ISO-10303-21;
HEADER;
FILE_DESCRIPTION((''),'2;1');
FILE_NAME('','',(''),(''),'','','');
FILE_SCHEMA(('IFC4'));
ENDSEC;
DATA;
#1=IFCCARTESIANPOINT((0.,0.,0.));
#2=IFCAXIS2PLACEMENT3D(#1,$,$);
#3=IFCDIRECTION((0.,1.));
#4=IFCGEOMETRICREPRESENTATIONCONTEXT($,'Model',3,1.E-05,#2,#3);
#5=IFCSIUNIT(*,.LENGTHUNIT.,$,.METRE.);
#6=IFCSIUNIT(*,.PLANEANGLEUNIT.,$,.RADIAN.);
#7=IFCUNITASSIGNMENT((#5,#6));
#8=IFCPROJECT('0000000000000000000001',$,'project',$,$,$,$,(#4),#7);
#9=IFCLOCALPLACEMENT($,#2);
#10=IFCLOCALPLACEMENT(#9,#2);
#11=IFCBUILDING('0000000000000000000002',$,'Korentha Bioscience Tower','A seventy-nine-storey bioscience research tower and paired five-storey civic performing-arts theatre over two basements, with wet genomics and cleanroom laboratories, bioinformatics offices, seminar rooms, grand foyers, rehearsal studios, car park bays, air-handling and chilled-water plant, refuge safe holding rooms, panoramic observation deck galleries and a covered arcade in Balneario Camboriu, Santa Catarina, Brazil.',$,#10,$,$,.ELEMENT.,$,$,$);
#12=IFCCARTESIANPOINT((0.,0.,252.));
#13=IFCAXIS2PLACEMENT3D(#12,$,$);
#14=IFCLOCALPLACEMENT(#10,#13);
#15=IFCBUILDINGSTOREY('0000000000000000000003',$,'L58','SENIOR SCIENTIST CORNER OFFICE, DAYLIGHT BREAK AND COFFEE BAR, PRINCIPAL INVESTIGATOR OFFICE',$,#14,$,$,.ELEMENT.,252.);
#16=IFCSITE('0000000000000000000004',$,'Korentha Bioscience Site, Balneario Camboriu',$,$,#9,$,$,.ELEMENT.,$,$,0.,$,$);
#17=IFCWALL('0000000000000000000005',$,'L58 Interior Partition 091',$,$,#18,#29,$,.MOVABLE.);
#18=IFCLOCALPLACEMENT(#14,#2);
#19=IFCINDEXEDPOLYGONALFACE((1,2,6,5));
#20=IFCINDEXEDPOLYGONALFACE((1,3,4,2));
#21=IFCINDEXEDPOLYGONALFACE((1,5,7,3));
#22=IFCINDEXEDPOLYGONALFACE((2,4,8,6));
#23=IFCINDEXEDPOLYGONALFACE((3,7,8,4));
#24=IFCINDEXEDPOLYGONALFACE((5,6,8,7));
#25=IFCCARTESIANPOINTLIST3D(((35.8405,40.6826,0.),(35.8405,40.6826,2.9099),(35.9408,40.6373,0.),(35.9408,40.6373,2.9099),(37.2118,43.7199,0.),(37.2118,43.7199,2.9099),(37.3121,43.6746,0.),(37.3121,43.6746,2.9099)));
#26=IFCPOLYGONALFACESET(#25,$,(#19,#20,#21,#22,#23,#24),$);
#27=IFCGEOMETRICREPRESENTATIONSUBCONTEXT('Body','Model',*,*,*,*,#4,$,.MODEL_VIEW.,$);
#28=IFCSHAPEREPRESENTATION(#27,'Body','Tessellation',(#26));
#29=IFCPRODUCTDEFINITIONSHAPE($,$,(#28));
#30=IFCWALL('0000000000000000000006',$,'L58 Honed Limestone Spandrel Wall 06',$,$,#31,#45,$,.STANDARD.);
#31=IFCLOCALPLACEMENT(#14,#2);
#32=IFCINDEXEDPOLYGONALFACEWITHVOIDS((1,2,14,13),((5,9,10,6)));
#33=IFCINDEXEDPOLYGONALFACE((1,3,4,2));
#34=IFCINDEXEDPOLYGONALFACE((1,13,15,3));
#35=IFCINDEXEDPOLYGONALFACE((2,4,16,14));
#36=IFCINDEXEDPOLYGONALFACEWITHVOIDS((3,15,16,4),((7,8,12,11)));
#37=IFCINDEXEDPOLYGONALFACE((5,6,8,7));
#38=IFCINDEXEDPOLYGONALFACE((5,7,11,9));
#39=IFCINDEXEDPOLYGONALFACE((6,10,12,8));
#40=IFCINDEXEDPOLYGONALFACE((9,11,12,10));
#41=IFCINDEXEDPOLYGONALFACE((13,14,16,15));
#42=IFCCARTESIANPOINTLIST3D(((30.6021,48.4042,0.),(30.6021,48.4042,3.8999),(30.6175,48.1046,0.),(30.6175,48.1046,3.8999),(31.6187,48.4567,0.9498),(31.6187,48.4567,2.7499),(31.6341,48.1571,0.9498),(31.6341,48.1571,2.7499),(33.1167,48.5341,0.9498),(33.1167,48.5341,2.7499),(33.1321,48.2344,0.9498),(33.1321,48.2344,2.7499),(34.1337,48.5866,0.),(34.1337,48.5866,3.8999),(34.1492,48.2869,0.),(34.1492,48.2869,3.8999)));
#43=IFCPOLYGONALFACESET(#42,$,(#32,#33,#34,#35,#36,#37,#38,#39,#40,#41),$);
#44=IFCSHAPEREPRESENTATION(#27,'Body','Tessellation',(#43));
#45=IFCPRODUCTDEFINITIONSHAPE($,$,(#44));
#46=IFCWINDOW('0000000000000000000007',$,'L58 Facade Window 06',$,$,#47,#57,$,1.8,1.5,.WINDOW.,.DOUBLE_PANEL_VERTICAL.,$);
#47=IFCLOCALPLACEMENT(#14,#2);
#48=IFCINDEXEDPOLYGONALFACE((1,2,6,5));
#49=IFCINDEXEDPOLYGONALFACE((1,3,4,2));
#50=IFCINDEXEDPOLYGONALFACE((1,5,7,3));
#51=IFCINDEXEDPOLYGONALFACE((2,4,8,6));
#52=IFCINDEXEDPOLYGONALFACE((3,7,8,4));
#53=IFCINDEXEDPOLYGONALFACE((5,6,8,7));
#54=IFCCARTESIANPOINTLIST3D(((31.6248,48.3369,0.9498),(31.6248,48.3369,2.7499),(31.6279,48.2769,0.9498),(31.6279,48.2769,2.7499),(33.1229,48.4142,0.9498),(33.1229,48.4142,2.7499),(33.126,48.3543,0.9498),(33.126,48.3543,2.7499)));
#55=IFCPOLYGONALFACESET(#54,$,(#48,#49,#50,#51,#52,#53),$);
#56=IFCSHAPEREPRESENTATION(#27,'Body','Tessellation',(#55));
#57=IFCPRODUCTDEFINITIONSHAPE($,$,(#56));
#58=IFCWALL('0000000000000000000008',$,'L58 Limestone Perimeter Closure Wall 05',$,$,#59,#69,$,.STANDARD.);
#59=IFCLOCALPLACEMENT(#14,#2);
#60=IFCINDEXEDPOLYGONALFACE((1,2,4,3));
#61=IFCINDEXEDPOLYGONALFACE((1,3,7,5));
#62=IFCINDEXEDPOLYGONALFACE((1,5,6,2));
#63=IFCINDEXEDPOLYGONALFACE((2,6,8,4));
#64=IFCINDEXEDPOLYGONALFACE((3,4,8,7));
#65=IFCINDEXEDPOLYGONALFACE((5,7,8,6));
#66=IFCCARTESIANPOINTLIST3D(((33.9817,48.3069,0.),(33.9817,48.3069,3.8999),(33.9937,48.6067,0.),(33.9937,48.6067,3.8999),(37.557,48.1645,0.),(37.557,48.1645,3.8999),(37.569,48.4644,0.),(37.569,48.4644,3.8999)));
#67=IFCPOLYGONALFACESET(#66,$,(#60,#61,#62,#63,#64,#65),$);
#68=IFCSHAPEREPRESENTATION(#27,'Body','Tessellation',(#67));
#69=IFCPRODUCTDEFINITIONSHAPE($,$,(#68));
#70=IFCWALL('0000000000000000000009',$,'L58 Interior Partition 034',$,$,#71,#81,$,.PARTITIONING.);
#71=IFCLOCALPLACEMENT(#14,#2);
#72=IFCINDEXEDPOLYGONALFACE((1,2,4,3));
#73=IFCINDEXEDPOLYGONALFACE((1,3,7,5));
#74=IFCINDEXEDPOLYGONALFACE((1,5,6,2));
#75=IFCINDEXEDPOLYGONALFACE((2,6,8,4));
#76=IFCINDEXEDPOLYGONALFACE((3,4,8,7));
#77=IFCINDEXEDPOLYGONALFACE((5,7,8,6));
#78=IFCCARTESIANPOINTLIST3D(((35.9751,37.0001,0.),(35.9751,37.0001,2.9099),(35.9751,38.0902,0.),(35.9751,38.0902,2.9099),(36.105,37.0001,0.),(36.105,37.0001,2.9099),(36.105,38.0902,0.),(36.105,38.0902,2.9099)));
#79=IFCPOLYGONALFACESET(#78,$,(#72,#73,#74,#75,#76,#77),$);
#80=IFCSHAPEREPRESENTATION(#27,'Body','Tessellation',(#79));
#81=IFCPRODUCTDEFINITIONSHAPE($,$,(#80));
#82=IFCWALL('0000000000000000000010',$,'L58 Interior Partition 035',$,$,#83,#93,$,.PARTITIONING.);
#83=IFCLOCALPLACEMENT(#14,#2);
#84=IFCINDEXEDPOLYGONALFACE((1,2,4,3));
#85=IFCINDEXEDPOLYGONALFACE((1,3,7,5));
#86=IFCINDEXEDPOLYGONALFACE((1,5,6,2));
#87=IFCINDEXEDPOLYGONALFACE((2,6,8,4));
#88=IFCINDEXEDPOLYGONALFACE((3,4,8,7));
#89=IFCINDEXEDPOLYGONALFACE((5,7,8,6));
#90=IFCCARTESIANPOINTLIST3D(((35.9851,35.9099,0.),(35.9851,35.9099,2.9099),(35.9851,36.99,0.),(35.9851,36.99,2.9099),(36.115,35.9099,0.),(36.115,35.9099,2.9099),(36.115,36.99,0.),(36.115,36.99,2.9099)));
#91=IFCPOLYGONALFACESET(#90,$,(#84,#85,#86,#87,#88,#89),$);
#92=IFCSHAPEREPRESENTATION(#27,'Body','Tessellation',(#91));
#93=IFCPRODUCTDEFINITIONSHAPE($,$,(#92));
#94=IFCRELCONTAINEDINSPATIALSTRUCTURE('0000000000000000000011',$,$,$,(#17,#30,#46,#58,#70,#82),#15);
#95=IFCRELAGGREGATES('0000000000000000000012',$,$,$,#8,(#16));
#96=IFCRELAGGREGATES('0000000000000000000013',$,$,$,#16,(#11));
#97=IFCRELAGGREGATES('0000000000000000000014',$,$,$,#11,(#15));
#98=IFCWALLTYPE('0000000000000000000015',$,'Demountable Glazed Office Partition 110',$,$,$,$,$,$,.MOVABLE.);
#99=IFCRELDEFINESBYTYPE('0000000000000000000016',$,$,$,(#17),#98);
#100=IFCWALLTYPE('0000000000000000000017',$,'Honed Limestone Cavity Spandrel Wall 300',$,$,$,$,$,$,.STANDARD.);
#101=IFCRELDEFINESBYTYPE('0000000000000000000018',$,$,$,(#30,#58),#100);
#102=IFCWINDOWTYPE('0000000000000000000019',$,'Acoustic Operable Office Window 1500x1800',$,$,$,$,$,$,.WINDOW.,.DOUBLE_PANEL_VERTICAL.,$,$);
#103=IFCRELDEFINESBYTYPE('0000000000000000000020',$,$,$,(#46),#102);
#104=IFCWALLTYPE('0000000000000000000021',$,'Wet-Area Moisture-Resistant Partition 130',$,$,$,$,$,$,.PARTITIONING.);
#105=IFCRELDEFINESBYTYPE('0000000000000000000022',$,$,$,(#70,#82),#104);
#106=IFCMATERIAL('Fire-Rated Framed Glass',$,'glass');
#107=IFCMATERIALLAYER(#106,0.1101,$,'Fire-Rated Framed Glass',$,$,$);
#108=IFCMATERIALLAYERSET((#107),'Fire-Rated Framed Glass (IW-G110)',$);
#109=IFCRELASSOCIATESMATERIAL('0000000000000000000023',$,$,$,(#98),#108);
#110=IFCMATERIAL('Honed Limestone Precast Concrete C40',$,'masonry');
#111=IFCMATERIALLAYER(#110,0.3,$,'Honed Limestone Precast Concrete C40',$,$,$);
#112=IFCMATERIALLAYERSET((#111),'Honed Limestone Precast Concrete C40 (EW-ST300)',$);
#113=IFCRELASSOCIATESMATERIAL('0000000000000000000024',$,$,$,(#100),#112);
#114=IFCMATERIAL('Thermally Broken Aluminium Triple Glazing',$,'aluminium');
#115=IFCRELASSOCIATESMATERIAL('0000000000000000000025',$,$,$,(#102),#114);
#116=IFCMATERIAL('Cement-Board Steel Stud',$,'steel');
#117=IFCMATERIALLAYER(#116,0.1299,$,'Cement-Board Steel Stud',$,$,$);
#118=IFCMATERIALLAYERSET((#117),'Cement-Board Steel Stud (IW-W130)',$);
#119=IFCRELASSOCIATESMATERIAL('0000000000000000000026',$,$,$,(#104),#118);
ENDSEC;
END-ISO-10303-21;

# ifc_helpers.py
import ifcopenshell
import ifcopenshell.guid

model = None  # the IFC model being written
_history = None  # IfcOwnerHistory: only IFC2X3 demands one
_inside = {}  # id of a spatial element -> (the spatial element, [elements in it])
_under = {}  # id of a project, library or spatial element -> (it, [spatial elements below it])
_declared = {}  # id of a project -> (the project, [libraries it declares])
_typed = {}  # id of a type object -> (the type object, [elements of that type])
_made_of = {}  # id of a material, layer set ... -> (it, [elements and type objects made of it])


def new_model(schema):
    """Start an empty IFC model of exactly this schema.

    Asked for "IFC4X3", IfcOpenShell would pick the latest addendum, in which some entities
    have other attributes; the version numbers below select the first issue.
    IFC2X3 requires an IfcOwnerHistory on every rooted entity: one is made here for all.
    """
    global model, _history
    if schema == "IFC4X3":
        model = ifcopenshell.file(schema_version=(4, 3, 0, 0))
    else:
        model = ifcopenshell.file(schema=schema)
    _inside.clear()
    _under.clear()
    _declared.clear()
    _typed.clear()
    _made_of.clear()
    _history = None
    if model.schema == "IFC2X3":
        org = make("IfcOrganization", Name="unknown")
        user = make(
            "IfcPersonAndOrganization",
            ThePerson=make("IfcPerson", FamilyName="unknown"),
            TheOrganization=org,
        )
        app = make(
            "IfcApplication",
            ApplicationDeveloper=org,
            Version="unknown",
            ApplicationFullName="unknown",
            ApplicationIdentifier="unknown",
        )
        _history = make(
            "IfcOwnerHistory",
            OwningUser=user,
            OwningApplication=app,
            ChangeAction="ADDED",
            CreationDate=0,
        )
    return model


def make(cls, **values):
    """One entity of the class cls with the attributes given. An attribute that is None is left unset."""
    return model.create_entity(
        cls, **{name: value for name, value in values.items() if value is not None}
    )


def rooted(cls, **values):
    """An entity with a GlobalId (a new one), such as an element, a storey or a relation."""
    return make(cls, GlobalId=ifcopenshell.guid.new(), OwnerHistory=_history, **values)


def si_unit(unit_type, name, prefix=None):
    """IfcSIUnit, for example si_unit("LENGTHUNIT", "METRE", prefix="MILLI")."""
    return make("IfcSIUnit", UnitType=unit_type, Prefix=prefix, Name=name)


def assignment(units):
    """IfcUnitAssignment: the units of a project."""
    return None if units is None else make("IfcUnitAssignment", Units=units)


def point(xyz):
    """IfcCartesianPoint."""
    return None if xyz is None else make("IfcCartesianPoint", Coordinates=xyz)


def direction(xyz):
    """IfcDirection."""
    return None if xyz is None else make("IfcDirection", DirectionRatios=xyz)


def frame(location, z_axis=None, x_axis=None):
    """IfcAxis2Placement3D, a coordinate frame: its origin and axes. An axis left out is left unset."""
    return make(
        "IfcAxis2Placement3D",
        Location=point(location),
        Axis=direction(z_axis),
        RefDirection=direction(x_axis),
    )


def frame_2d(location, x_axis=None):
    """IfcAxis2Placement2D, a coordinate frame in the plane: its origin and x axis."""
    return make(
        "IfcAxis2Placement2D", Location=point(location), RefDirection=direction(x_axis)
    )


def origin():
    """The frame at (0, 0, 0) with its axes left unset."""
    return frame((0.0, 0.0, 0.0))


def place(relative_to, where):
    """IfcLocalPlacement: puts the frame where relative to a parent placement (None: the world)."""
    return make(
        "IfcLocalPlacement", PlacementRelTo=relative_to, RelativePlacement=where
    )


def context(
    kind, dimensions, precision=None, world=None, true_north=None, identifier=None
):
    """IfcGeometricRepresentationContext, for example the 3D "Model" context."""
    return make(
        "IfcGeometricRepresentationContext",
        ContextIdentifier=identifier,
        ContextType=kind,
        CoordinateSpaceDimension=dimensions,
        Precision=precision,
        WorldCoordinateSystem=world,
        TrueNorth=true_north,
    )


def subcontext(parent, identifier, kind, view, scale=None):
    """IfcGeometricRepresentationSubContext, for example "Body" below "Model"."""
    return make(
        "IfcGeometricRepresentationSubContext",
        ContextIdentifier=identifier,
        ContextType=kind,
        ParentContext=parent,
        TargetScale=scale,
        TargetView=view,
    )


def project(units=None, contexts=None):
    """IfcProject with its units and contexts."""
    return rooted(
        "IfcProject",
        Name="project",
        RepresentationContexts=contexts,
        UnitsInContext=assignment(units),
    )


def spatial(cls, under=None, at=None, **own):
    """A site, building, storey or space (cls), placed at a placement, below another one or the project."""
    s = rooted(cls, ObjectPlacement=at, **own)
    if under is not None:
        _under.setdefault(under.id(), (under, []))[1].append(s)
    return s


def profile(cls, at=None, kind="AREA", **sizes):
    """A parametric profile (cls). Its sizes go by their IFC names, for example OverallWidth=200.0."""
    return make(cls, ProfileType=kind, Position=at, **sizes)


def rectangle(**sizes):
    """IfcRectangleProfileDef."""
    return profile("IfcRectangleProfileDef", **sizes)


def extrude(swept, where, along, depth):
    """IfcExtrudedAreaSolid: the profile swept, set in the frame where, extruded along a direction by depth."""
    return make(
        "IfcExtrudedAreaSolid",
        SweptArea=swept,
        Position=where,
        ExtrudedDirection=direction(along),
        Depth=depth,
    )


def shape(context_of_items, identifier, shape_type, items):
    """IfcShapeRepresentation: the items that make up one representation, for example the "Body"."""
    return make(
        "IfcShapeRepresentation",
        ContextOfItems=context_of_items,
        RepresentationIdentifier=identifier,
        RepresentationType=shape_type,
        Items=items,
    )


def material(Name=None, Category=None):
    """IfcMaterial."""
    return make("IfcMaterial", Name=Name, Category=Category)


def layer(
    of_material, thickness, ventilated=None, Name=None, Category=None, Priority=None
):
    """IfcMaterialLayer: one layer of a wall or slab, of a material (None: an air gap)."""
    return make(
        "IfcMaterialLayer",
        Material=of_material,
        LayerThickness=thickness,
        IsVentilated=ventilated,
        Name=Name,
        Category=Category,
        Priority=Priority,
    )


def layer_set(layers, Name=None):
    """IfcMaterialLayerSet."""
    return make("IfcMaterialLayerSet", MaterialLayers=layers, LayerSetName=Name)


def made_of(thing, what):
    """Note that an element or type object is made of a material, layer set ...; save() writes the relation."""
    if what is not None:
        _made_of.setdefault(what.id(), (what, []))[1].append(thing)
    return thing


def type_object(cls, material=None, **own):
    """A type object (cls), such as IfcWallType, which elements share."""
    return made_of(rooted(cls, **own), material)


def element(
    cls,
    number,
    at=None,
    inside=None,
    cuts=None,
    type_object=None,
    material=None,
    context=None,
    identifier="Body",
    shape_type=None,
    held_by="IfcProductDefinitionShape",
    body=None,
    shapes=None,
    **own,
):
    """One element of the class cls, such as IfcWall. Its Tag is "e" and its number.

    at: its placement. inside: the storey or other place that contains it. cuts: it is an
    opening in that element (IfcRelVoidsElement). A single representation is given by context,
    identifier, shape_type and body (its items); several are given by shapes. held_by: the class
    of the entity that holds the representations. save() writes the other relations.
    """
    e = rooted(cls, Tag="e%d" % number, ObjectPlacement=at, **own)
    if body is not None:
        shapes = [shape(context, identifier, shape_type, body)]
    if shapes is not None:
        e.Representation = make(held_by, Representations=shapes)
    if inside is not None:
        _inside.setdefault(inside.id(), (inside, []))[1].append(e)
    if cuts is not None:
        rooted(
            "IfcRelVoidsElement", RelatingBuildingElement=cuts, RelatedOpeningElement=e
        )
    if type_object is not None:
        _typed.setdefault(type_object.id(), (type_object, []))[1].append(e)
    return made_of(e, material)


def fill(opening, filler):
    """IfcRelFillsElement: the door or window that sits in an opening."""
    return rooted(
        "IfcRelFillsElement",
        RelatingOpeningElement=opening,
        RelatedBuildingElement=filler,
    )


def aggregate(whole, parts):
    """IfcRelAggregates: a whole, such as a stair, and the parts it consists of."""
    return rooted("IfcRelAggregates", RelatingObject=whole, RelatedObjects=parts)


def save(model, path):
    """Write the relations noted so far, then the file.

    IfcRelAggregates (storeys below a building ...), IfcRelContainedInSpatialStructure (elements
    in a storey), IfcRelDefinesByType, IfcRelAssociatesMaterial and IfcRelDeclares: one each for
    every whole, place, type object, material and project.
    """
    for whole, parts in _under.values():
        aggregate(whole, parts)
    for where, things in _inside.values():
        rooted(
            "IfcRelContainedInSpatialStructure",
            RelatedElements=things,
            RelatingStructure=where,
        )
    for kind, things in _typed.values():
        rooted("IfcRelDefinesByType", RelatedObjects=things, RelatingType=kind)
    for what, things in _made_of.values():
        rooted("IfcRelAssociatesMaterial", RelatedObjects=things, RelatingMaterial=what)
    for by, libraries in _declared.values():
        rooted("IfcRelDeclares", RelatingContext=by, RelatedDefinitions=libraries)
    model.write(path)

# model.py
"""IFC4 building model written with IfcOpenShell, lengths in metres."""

from ifc_helpers import new_model, si_unit, direction, frame, frame_2d, origin, place, context, subcontext, project, spatial, rectangle, extrude, material, layer, layer_set, type_object, element, fill, save


model = new_model("IFC4")

# Units and contexts
model_context = context("Model", 3, precision=1e-05, world=origin(), true_north=direction((0.0, 1.0)))
body_context = subcontext(model_context, "Body", "Model", "MODEL_VIEW")
ifc_project = project(units=[si_unit("LENGTHUNIT", "METRE"), si_unit("PLANEANGLEUNIT", "RADIAN")], contexts=[model_context])

# Site, building, storey
site_placement = place(None, origin())
site = spatial("IfcSite", under=ifc_project, at=site_placement, Name="Korentha Bioscience Site, Balneario Camboriu", CompositionType="ELEMENT", RefElevation=0.0)
building_placement = place(site_placement, origin())
building = spatial("IfcBuilding", under=site, at=building_placement, Name="Korentha Bioscience Tower", Description="A seventy-nine-storey bioscience research tower and paired five-storey civic performing-arts theatre over two basements, with wet genomics and cleanroom laboratories, bioinformatics offices, seminar rooms, grand foyers, rehearsal studios, car park bays, air-handling and chilled-water plant, refuge safe holding rooms, panoramic observation deck galleries and a covered arcade in Balneario Camboriu, Santa Catarina, Brazil.", CompositionType="ELEMENT")
storey_placement = place(building_placement, frame((0.0, 0.0, 252.0)))
storey = spatial("IfcBuildingStorey", under=building, at=storey_placement, Name="L58", Description="SENIOR SCIENTIST CORNER OFFICE, DAYLIGHT BREAK AND COFFEE BAR, PRINCIPAL INVESTIGATOR OFFICE", CompositionType="ELEMENT", Elevation=252.0)

# Shared definitions
ifc_material_1 = material(Name="Fire-Rated Framed Glass", Category="glass")
ifc_layer_1 = layer(ifc_material_1, 0.1101, Name="Fire-Rated Framed Glass")
ifc_layer_set_1 = layer_set([ifc_layer_1], Name="Fire-Rated Framed Glass (IW-G110)")
wall_type_1 = type_object("IfcWallType", Name="Demountable Glazed Office Partition 110", PredefinedType="MOVABLE", material=ifc_layer_set_1)

# Wall
wall_1_placement = place(storey_placement, frame((37.262, 43.6973, 0.0), z_axis=(0.0, 0.0, 1.0), x_axis=(-0.411494, -0.911412, 0.0)))
element("IfcWall", 1, at=wall_1_placement, inside=storey, type_object=wall_type_1, Name="L58 Interior Partition 091", PredefinedType="MOVABLE", context=body_context, shape_type="SweptSolid", body=[
    extrude(rectangle(XDim=3.3325, YDim=0.1101, at=frame_2d((1.6663, 0.0))), origin(), (0.0, 0.0, 1.0), 2.9099),
])

# Shared definitions
ifc_material_2 = material(Name="Honed Limestone Precast Concrete C40", Category="masonry")
ifc_layer_2 = layer(ifc_material_2, 0.3, Name="Honed Limestone Precast Concrete C40")
ifc_layer_set_2 = layer_set([ifc_layer_2], Name="Honed Limestone Precast Concrete C40 (EW-ST300)")
wall_type_2 = type_object("IfcWallType", Name="Honed Limestone Cavity Spandrel Wall 300", PredefinedType="STANDARD", material=ifc_layer_set_2)

# Wall, opening, window
wall_2_placement = place(storey_placement, frame((34.1414, 48.4368, 0.0), z_axis=(0.0, 0.0, 1.0), x_axis=(-0.998669, -0.05157, 0.0)))
wall_2 = element("IfcWall", 2, at=wall_2_placement, inside=storey, type_object=wall_type_2, Name="L58 Honed Limestone Spandrel Wall 06", PredefinedType="STANDARD", context=body_context, shape_type="SweptSolid", body=[
    extrude(rectangle(XDim=3.5364, YDim=0.3, at=frame_2d((1.7681, 0.0))), origin(), (0.0, 0.0, 1.0), 3.8999),
])
opening_1_placement = place(wall_2_placement, frame((1.0183, 0.0, 0.95)))
opening_1 = element("IfcOpeningElement", 3, at=opening_1_placement, cuts=wall_2, PredefinedType="OPENING", context=body_context, shape_type="SweptSolid", body=[
    extrude(rectangle(XDim=1.5, YDim=1.8, at=frame_2d((0.75, 0.8999))), frame((0.0, 0.165, 0.0), z_axis=(0.0, -1.0, 0.0), x_axis=(1.0, 0.0, 0.0)), (0.0, 0.0, 1.0), 0.3298),
])
ifc_material_3 = material(Name="Thermally Broken Aluminium Triple Glazing", Category="aluminium")
window_type = type_object("IfcWindowType", Name="Acoustic Operable Office Window 1500x1800", PartitioningType="DOUBLE_PANEL_VERTICAL", PredefinedType="WINDOW", material=ifc_material_3)
window_placement = place(opening_1_placement, origin())
window = element("IfcWindow", 4, at=window_placement, inside=storey, type_object=window_type, Name="L58 Facade Window 06", OverallHeight=1.8, OverallWidth=1.5, PartitioningType="DOUBLE_PANEL_VERTICAL", PredefinedType="WINDOW", context=body_context, shape_type="SweptSolid", body=[
    extrude(rectangle(XDim=1.5, YDim=1.8, at=frame_2d((0.75, 0.8999))), frame((0.0, 0.03, 0.0), z_axis=(0.0, -1.0, 0.0), x_axis=(1.0, 0.0, 0.0)), (0.0, 0.0, 1.0), 0.0601),
])
fill(opening_1, window)

# Wall
wall_3_placement = place(storey_placement, frame((37.563, 48.3145, 0.0), z_axis=(0.0, 0.0, 1.0), x_axis=(-0.999208, 0.03978, 0.0)))
element("IfcWall", 5, at=wall_3_placement, inside=storey, type_object=wall_type_2, Name="L58 Limestone Perimeter Closure Wall 05", PredefinedType="STANDARD", context=body_context, shape_type="SweptSolid", body=[
    extrude(rectangle(XDim=3.5781, YDim=0.3, at=frame_2d((1.7891, 0.0))), origin(), (0.0, 0.0, 1.0), 3.8999),
])

# Shared definitions
ifc_material_4 = material(Name="Cement-Board Steel Stud", Category="steel")
ifc_layer_3 = layer(ifc_material_4, 0.1299, Name="Cement-Board Steel Stud")
ifc_layer_set_3 = layer_set([ifc_layer_3], Name="Cement-Board Steel Stud (IW-W130)")
wall_type_3 = type_object("IfcWallType", Name="Wet-Area Moisture-Resistant Partition 130", PredefinedType="PARTITIONING", material=ifc_layer_set_3)

# Walls
wall_4_placement = place(storey_placement, frame((36.04, 38.0901, 0.0), z_axis=(0.0, 0.0, 1.0), x_axis=(0.0, -1.0, 0.0)))
element("IfcWall", 6, at=wall_4_placement, inside=storey, type_object=wall_type_3, Name="L58 Interior Partition 034", PredefinedType="PARTITIONING", context=body_context, shape_type="SweptSolid", body=[
    extrude(rectangle(XDim=1.0901, YDim=0.1299, at=frame_2d((0.5449, 0.0))), origin(), (0.0, 0.0, 1.0), 2.9099),
])
wall_5_placement = place(storey_placement, frame((36.05, 36.99, 0.0), z_axis=(0.0, 0.0, 1.0), x_axis=(0.0, -1.0, 0.0)))
element("IfcWall", 7, at=wall_5_placement, inside=storey, type_object=wall_type_3, Name="L58 Interior Partition 035", PredefinedType="PARTITIONING", context=body_context, shape_type="SweptSolid", body=[
    extrude(rectangle(XDim=1.0801, YDim=0.1299, at=frame_2d((0.54, 0.0))), origin(), (0.0, 0.0, 1.0), 2.9099),
])

save(model, "model.ifc")
